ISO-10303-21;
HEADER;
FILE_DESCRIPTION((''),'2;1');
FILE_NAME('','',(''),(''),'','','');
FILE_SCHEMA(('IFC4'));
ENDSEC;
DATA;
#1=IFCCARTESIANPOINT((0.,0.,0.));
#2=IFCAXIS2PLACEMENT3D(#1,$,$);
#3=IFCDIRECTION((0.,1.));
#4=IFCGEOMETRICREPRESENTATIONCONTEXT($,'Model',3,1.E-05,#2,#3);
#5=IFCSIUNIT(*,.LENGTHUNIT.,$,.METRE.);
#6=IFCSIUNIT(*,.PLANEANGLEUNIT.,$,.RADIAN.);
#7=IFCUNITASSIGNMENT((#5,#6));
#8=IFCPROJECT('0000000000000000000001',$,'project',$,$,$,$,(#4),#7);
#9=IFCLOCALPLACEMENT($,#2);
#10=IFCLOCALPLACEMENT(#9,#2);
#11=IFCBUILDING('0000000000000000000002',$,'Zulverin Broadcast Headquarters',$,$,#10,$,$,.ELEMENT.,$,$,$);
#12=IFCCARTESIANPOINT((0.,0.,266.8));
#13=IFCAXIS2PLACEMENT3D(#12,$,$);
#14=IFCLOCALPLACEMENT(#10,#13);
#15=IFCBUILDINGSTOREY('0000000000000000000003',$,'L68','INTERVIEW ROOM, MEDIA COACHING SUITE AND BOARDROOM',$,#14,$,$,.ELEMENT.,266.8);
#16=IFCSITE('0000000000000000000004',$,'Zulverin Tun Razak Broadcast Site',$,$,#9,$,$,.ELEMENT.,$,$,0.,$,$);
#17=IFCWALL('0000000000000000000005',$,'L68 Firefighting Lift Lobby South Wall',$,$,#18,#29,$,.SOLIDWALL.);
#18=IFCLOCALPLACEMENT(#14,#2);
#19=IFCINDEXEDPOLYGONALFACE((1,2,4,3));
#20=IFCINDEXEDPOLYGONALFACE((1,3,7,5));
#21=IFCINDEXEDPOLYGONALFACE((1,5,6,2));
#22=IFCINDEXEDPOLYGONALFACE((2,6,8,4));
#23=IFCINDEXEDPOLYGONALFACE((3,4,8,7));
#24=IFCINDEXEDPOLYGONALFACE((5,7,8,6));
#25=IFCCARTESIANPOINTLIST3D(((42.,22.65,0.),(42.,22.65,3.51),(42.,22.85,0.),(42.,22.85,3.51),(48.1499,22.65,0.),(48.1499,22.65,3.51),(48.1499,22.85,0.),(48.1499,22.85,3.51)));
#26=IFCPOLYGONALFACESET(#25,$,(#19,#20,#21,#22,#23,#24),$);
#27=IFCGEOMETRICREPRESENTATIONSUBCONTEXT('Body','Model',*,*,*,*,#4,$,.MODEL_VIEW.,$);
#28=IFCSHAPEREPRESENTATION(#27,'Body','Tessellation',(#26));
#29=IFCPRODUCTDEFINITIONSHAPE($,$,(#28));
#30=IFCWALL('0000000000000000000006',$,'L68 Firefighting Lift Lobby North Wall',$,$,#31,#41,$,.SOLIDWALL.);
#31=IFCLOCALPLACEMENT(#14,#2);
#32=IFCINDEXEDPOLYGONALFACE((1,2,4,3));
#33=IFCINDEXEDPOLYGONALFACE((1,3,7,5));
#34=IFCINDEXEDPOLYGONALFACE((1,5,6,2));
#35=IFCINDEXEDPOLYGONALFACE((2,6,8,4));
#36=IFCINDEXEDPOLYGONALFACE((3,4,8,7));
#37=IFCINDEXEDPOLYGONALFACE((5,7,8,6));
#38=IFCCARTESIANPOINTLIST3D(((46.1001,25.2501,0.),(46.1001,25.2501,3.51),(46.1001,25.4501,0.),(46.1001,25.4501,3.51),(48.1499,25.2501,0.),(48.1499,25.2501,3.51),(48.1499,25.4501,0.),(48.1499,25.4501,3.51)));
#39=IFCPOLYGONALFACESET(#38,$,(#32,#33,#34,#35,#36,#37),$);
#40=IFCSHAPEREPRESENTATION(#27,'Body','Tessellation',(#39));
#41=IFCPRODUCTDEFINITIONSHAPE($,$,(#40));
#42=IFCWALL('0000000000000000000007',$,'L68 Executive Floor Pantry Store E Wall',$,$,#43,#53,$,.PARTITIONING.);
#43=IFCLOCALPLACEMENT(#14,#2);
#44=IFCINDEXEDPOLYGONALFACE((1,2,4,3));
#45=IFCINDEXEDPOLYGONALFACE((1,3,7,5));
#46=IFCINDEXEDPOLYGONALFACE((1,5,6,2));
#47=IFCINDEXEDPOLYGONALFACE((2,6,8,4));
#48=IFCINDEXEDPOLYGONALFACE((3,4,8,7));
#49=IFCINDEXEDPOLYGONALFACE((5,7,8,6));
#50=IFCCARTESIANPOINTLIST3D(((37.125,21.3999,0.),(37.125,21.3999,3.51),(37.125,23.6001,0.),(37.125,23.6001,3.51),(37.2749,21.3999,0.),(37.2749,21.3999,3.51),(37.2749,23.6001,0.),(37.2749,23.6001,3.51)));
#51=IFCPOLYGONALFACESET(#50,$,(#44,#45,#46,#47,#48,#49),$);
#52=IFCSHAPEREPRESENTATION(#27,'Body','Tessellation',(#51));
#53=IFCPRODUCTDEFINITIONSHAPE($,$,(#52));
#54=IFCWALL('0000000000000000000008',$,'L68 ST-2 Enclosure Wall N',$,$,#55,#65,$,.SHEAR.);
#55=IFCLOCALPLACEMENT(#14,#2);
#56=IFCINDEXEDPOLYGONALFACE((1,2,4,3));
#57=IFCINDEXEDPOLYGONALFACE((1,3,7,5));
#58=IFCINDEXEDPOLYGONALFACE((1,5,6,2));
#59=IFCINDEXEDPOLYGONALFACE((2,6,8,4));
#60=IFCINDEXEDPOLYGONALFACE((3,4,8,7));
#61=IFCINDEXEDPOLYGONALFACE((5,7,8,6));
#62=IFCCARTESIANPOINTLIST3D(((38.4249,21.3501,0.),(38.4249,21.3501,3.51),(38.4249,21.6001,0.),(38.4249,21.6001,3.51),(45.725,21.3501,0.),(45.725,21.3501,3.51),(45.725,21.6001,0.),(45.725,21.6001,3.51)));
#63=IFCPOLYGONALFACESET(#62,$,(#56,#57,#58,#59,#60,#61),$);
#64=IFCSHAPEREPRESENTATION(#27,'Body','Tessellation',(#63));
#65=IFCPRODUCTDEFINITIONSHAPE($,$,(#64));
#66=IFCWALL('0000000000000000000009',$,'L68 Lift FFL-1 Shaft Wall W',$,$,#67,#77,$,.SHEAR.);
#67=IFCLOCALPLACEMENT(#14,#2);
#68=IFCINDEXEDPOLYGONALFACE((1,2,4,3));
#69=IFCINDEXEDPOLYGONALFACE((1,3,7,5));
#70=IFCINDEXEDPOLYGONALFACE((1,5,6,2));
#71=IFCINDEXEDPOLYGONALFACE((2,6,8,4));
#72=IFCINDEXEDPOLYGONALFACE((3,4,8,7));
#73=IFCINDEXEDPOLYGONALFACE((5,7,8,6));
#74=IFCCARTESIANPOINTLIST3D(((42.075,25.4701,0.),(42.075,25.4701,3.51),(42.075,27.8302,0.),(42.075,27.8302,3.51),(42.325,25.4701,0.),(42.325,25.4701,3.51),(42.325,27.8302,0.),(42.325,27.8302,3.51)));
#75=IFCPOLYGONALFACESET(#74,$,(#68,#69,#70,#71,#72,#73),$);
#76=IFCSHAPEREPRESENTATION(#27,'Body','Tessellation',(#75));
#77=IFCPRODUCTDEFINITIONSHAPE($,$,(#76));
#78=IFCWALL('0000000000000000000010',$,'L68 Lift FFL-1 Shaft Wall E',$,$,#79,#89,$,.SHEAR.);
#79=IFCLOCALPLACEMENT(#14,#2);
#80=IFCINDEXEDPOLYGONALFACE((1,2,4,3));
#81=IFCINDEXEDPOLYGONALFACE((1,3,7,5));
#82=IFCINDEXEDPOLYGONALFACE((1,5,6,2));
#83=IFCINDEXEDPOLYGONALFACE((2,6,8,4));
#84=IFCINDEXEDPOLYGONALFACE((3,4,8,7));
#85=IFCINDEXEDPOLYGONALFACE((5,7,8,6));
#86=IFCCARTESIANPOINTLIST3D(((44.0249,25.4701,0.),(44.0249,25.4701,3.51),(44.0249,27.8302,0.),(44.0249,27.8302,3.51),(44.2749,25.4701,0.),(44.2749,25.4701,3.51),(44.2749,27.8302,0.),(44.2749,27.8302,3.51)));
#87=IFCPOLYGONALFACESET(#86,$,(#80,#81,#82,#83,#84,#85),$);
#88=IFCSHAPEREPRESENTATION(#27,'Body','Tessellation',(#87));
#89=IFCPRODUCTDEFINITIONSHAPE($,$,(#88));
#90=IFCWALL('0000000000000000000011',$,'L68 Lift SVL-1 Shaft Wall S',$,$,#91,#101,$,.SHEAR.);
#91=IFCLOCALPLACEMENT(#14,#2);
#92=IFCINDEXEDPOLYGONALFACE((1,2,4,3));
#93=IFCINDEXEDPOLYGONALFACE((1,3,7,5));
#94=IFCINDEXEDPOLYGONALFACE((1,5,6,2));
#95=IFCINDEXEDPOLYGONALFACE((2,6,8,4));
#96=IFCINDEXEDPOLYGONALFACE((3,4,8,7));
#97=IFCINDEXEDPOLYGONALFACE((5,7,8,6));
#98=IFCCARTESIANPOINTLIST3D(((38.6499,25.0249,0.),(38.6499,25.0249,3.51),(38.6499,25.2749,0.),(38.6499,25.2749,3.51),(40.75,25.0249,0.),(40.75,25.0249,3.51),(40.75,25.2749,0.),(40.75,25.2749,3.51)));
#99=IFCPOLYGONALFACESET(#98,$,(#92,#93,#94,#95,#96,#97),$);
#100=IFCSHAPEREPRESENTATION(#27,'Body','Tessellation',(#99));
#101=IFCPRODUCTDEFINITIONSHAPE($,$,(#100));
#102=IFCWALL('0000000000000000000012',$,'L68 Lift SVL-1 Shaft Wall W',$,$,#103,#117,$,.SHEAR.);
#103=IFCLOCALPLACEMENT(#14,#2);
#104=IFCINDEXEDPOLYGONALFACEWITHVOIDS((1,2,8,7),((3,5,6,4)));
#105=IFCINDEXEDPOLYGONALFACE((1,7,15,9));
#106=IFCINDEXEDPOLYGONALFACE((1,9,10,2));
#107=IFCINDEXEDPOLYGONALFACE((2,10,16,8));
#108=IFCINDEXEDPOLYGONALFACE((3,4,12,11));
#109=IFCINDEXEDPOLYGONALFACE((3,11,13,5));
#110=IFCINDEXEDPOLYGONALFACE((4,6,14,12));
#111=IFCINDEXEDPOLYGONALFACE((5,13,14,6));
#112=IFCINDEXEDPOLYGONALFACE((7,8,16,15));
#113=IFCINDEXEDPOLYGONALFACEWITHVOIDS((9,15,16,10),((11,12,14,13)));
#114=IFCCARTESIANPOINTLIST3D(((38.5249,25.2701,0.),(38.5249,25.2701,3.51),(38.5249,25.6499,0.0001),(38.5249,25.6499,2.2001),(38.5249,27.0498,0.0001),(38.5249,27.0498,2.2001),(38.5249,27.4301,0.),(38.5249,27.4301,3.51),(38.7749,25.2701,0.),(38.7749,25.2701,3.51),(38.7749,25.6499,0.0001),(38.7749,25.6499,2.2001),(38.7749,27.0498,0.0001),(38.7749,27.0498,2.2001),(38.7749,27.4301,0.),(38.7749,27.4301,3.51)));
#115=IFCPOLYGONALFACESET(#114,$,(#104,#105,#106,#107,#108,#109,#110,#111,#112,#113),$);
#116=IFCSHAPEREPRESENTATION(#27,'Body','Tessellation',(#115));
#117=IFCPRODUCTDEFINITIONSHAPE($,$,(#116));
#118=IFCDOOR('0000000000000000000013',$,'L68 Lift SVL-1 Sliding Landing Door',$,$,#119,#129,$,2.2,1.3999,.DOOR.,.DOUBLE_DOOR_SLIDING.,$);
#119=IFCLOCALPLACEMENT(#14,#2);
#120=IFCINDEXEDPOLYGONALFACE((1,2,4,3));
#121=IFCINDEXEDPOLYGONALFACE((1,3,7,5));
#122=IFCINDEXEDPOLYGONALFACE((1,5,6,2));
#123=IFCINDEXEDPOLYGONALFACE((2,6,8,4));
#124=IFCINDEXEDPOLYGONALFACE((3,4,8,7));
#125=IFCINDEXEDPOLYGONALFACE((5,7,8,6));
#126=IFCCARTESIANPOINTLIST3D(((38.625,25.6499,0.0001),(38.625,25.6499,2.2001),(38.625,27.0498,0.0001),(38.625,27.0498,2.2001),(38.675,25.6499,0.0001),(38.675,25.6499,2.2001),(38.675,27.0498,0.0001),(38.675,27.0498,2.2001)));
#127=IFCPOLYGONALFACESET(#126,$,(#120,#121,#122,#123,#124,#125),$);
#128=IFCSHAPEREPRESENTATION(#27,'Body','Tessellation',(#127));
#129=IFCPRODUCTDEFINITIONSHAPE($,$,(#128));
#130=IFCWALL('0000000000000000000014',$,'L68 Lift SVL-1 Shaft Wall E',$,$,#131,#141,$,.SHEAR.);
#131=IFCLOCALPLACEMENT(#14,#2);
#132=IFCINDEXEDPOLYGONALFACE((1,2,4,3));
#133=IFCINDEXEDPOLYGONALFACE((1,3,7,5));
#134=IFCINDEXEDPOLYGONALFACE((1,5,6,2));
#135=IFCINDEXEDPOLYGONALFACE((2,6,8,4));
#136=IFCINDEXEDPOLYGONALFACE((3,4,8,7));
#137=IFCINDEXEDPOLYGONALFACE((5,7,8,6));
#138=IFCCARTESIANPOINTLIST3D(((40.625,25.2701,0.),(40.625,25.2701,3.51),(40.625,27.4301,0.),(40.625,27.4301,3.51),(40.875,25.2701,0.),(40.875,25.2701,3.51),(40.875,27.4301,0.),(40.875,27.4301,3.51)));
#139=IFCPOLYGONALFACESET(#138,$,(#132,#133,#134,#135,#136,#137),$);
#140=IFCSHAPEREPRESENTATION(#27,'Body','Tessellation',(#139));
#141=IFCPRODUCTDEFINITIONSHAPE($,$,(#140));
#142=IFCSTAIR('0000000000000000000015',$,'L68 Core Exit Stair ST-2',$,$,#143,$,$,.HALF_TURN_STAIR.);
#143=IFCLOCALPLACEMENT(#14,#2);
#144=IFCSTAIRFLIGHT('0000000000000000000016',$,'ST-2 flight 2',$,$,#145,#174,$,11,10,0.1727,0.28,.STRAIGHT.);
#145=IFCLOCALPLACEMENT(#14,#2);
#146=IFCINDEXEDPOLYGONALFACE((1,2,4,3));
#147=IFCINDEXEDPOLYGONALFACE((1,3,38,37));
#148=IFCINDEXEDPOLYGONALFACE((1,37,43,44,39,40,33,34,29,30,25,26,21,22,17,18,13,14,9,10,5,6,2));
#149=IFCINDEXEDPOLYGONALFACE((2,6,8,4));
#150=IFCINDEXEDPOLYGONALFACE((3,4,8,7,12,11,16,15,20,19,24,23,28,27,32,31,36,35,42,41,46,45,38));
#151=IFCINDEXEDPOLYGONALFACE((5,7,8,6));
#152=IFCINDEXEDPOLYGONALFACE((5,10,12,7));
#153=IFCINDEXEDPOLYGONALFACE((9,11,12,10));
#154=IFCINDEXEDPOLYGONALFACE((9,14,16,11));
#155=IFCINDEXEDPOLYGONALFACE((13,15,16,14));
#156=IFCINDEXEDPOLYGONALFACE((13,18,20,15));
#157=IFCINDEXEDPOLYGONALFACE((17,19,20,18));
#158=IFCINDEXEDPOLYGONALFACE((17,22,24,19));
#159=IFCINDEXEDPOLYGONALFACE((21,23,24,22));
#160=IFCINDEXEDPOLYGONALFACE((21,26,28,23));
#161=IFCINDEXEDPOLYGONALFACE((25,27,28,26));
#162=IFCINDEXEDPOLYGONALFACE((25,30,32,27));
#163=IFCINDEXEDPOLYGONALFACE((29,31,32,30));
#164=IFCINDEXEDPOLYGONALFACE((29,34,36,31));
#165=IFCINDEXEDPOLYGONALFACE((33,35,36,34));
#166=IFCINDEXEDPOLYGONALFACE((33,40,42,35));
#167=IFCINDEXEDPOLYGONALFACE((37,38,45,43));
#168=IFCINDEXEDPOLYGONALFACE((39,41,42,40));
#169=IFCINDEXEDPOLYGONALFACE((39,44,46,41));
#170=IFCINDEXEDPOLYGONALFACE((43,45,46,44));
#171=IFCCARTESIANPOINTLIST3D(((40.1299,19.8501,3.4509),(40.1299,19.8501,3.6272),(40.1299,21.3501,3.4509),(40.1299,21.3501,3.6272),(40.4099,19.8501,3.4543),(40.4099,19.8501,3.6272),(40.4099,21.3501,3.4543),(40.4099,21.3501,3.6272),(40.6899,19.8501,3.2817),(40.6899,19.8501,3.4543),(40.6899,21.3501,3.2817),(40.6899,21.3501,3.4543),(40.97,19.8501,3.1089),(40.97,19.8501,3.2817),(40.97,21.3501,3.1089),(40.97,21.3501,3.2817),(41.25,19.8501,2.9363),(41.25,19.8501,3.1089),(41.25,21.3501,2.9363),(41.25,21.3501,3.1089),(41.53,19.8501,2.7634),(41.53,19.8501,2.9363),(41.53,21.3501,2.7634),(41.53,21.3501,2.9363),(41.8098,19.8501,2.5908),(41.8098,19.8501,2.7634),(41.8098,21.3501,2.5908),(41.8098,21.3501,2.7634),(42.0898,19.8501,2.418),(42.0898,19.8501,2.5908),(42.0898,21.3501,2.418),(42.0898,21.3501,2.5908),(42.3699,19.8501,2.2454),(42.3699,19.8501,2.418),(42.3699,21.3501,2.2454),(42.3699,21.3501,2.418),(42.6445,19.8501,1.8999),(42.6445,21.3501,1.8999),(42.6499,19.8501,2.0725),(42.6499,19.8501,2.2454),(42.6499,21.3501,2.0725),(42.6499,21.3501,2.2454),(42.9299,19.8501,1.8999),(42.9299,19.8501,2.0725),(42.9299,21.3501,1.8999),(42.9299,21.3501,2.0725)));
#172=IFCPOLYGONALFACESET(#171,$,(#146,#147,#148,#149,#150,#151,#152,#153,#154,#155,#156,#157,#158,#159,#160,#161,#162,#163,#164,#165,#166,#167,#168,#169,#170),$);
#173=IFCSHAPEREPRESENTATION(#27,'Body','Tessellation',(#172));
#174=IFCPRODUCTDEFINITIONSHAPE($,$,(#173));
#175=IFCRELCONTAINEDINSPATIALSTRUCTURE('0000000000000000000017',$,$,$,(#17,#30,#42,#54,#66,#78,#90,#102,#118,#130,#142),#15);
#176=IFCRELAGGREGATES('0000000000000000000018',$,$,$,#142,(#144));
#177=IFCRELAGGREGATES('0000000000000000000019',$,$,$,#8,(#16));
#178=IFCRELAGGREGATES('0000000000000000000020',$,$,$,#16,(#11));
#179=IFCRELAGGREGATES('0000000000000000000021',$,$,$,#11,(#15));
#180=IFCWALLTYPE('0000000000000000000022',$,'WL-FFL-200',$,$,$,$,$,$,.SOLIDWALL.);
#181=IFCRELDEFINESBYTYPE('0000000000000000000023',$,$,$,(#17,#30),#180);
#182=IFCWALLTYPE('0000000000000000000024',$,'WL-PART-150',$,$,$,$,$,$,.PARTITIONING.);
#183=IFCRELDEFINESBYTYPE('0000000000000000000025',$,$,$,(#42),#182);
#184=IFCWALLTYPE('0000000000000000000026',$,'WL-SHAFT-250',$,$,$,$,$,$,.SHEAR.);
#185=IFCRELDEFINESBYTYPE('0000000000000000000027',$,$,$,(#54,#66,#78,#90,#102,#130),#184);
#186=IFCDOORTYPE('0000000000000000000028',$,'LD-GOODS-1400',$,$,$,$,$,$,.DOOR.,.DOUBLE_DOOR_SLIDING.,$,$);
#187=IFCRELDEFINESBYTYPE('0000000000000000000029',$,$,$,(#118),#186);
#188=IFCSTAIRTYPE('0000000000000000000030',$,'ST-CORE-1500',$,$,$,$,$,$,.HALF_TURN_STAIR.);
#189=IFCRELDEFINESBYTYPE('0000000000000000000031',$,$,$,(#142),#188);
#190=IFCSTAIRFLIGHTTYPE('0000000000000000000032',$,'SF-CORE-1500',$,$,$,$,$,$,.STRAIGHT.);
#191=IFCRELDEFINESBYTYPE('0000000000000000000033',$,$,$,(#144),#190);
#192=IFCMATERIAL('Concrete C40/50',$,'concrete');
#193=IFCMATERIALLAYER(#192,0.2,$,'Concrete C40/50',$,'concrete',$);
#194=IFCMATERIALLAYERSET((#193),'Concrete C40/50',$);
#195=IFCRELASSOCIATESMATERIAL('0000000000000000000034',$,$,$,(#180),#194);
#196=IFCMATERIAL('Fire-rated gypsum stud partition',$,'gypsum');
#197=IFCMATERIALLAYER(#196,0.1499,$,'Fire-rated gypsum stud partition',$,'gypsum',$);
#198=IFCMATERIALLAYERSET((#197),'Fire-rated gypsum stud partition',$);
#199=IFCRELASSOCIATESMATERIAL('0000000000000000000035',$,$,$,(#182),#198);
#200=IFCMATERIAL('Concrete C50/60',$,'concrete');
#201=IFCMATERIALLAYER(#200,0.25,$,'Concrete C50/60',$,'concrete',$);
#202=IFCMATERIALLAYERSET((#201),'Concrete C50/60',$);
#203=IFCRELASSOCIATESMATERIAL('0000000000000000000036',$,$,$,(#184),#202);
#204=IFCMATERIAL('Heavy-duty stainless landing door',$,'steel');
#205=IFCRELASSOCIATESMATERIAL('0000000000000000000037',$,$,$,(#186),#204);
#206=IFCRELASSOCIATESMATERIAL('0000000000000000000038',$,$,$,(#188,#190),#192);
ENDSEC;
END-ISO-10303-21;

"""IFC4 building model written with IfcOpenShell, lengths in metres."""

from ifc_helpers import new_model, si_unit, direction, frame, frame_2d, origin, place, context, subcontext, project, spatial, polyline, rectangle, outline, extrude, material, layer, layer_set, type_object, element, fill, aggregate, save


model = new_model("IFC4")

# Units and contexts
model_context = context("Model", 3, precision=1e-05, world=origin(), true_north=direction((0.0, 1.0)))
body_context = subcontext(model_context, "Body", "Model", "MODEL_VIEW")
ifc_project = project(units=[si_unit("LENGTHUNIT", "METRE"), si_unit("PLANEANGLEUNIT", "RADIAN")], contexts=[model_context])

# Site, building, storey
site_placement = place(None, origin())
site = spatial("IfcSite", under=ifc_project, at=site_placement, Name="Zulverin Tun Razak Broadcast Site", CompositionType="ELEMENT", RefElevation=0.0)
building_placement = place(site_placement, origin())
building = spatial("IfcBuilding", under=site, at=building_placement, Name="Zulverin Broadcast Headquarters", CompositionType="ELEMENT")
storey_placement = place(building_placement, frame((0.0, 0.0, 266.8)))
storey = spatial("IfcBuildingStorey", under=building, at=storey_placement, Name="L68", Description="INTERVIEW ROOM, MEDIA COACHING SUITE AND BOARDROOM", CompositionType="ELEMENT", Elevation=266.8)

# Shared definitions
ifc_material_1 = material(Name="Concrete C40/50", Category="concrete")
ifc_layer_1 = layer(ifc_material_1, 0.2, Name="Concrete C40/50", Category="concrete")
ifc_layer_set_1 = layer_set([ifc_layer_1], Name="Concrete C40/50")
wall_type_1 = type_object("IfcWallType", Name="WL-FFL-200", PredefinedType="SOLIDWALL", material=ifc_layer_set_1)

# Walls
wall_1_placement = place(storey_placement, frame((42.0, 22.75, 0.0), z_axis=(0.0, 0.0, 1.0), x_axis=(1.0, 0.0, 0.0)))
element("IfcWall", 1, at=wall_1_placement, inside=storey, type_object=wall_type_1, Name="L68 Firefighting Lift Lobby South Wall", PredefinedType="SOLIDWALL", context=body_context, shape_type="SweptSolid", body=[
    extrude(rectangle(XDim=6.1499, YDim=0.2, at=frame_2d((3.075, 0.0))), origin(), (0.0, 0.0, 1.0), 3.51),
])
wall_2_placement = place(storey_placement, frame((46.1001, 25.3501, 0.0), z_axis=(0.0, 0.0, 1.0), x_axis=(1.0, 0.0, 0.0)))
element("IfcWall", 2, at=wall_2_placement, inside=storey, type_object=wall_type_1, Name="L68 Firefighting Lift Lobby North Wall", PredefinedType="SOLIDWALL", context=body_context, shape_type="SweptSolid", body=[
    extrude(rectangle(XDim=2.0498, YDim=0.2, at=frame_2d((1.0249, 0.0))), origin(), (0.0, 0.0, 1.0), 3.51),
])
ifc_material_2 = material(Name="Fire-rated gypsum stud partition", Category="gypsum")
ifc_layer_2 = layer(ifc_material_2, 0.1499, Name="Fire-rated gypsum stud partition", Category="gypsum")
ifc_layer_set_2 = layer_set([ifc_layer_2], Name="Fire-rated gypsum stud partition")
wall_type_2 = type_object("IfcWallType", Name="WL-PART-150", PredefinedType="PARTITIONING", material=ifc_layer_set_2)
wall_3_placement = place(storey_placement, frame((37.2, 21.3999, 0.0), z_axis=(0.0, 0.0, 1.0), x_axis=(0.0, 1.0, 0.0)))
element("IfcWall", 3, at=wall_3_placement, inside=storey, type_object=wall_type_2, Name="L68 Executive Floor Pantry Store E Wall", PredefinedType="PARTITIONING", context=body_context, shape_type="SweptSolid", body=[
    extrude(rectangle(XDim=2.2002, YDim=0.1499, at=frame_2d((1.1001, 0.0))), origin(), (0.0, 0.0, 1.0), 3.51),
])
ifc_material_3 = material(Name="Concrete C50/60", Category="concrete")
ifc_layer_3 = layer(ifc_material_3, 0.25, Name="Concrete C50/60", Category="concrete")
ifc_layer_set_3 = layer_set([ifc_layer_3], Name="Concrete C50/60")
wall_type_3 = type_object("IfcWallType", Name="WL-SHAFT-250", PredefinedType="SHEAR", material=ifc_layer_set_3)
wall_4_placement = place(storey_placement, frame((38.425, 21.4751, 0.0), z_axis=(0.0, 0.0, 1.0), x_axis=(1.0, 0.0, 0.0)))
element("IfcWall", 4, at=wall_4_placement, inside=storey, type_object=wall_type_3, Name="L68 ST-2 Enclosure Wall N", PredefinedType="SHEAR", context=body_context, shape_type="SweptSolid", body=[
    extrude(rectangle(XDim=7.3, YDim=0.25, at=frame_2d((3.6499, 0.0))), origin(), (0.0, 0.0, 1.0), 3.51),
])

# Walls
for number, where, z_axis, x_axis, name in (
    (5, (42.2, 25.47, 0.0), (0.0, 0.0, 1.0), (0.0, 1.0, 0.0), "L68 Lift FFL-1 Shaft Wall W"),
    (6, (44.1499, 25.47, 0.0), (0.0, 0.0, 1.0), (0.0, 1.0, 0.0), "L68 Lift FFL-1 Shaft Wall E"),
):
    element("IfcWall", number, at=place(storey_placement, frame(where, z_axis=z_axis, x_axis=x_axis)), inside=storey, type_object=wall_type_3, Name=name, PredefinedType="SHEAR", context=body_context, shape_type="SweptSolid", body=[
        extrude(rectangle(XDim=2.3601, YDim=0.25, at=frame_2d((1.1802, 0.0))), origin(), (0.0, 0.0, 1.0), 3.51),
    ])

# Wall
wall_5_placement = place(storey_placement, frame((38.6499, 25.1499, 0.0), z_axis=(0.0, 0.0, 1.0), x_axis=(1.0, 0.0, 0.0)))
element("IfcWall", 7, at=wall_5_placement, inside=storey, type_object=wall_type_3, Name="L68 Lift SVL-1 Shaft Wall S", PredefinedType="SHEAR", context=body_context, shape_type="SweptSolid", body=[
    extrude(rectangle(XDim=2.1001, YDim=0.25, at=frame_2d((1.05, 0.0))), origin(), (0.0, 0.0, 1.0), 3.51),
])

# Wall, opening, door
wall_6_placement = place(storey_placement, frame((38.6499, 25.27, 0.0), z_axis=(0.0, 0.0, 1.0), x_axis=(0.0, 1.0, 0.0)))
wall_6 = element("IfcWall", 8, at=wall_6_placement, inside=storey, type_object=wall_type_3, Name="L68 Lift SVL-1 Shaft Wall W", PredefinedType="SHEAR", context=body_context, shape_type="SweptSolid", body=[
    extrude(rectangle(XDim=2.1599, YDim=0.25, at=frame_2d((1.0801, 0.0))), origin(), (0.0, 0.0, 1.0), 3.51),
])
opening_1_placement = place(wall_6_placement, frame((0.3799, 0.0, 0.0)))
opening_1 = element("IfcOpeningElement", 9, at=opening_1_placement, cuts=wall_6, PredefinedType="OPENING", context=body_context, shape_type="SweptSolid", body=[
    extrude(rectangle(XDim=1.3999, YDim=2.2, at=frame_2d((0.7, 1.1001))), frame((0.0, 0.135, 0.0), z_axis=(0.0, -1.0, 0.0), x_axis=(1.0, 0.0, 0.0)), (0.0, 0.0, 1.0), 0.27),
])
ifc_material_4 = material(Name="Heavy-duty stainless landing door", Category="steel")
door_type_1 = type_object("IfcDoorType", Name="LD-GOODS-1400", OperationType="DOUBLE_DOOR_SLIDING", PredefinedType="DOOR", material=ifc_material_4)
door_1_placement = place(opening_1_placement, origin())
door_1 = element("IfcDoor", 10, at=door_1_placement, inside=storey, type_object=door_type_1, Name="L68 Lift SVL-1 Sliding Landing Door", OperationType="DOUBLE_DOOR_SLIDING", OverallHeight=2.2, OverallWidth=1.3999, PredefinedType="DOOR", context=body_context, shape_type="SweptSolid", body=[
    extrude(rectangle(XDim=1.3999, YDim=2.2, at=frame_2d((0.7, 1.1001))), frame((0.0, 0.0249, 0.0), z_axis=(0.0, -1.0, 0.0), x_axis=(1.0, 0.0, 0.0)), (0.0, 0.0, 1.0), 0.05),
])
fill(opening_1, door_1)

# Wall
wall_7_placement = place(storey_placement, frame((40.75, 25.27, 0.0), z_axis=(0.0, 0.0, 1.0), x_axis=(0.0, 1.0, 0.0)))
element("IfcWall", 11, at=wall_7_placement, inside=storey, type_object=wall_type_3, Name="L68 Lift SVL-1 Shaft Wall E", PredefinedType="SHEAR", context=body_context, shape_type="SweptSolid", body=[
    extrude(rectangle(XDim=2.1599, YDim=0.25, at=frame_2d((1.0801, 0.0))), origin(), (0.0, 0.0, 1.0), 3.51),
])

# Stair, stair flight
stair_type = type_object("IfcStairType", Name="ST-CORE-1500", PredefinedType="HALF_TURN_STAIR", material=ifc_material_1)
stair_placement = place(storey_placement, origin())
stair = element("IfcStair", 12, at=stair_placement, inside=storey, type_object=stair_type, Name="L68 Core Exit Stair ST-2", PredefinedType="HALF_TURN_STAIR")
stair_flight_type = type_object("IfcStairFlightType", Name="SF-CORE-1500", PredefinedType="STRAIGHT", material=ifc_material_1)
stair_flight_placement = place(storey_placement, frame((42.9299, 20.6001, 1.8999), z_axis=(0.0, 0.0, 1.0), x_axis=(-1.0, 0.0, 0.0)))
stair_flight = element("IfcStairFlight", 13, at=stair_flight_placement, type_object=stair_flight_type, Name="ST-2 flight 2", NumberOfRisers=11, NumberOfTreads=10, PredefinedType="STRAIGHT", RiserHeight=0.1727, TreadLength=0.28, context=body_context, shape_type="SweptSolid", body=[
    extrude(outline(polyline([(0.0, 0.0), (0.0, 0.1726), (0.28, 0.1726), (0.28, 0.3455), (0.5601, 0.3455), (0.5601, 0.5181), (0.8401, 0.5181), (0.8401, 0.6909), (1.1201, 0.6909), (1.1201, 0.8635), (1.3999, 0.8635), (1.3999, 1.0364), (1.6799, 1.0364), (1.6799, 1.209), (1.96, 1.209), (1.96, 1.3818), (2.24, 1.3818), (2.24, 1.5544), (2.52, 1.5544), (2.52, 1.7273), (2.8, 1.7273), (2.8, 1.8999), (2.8, 1.551), (0.2854, 0.0), (0.0, 0.0)])), frame((0.0, 0.75, 0.0), z_axis=(0.0, -1.0, 0.0), x_axis=(1.0, 0.0, 0.0)), (0.0, 0.0, 1.0), 1.5),
])
aggregate(stair, [stair_flight])

save(model, "model.ifc")
